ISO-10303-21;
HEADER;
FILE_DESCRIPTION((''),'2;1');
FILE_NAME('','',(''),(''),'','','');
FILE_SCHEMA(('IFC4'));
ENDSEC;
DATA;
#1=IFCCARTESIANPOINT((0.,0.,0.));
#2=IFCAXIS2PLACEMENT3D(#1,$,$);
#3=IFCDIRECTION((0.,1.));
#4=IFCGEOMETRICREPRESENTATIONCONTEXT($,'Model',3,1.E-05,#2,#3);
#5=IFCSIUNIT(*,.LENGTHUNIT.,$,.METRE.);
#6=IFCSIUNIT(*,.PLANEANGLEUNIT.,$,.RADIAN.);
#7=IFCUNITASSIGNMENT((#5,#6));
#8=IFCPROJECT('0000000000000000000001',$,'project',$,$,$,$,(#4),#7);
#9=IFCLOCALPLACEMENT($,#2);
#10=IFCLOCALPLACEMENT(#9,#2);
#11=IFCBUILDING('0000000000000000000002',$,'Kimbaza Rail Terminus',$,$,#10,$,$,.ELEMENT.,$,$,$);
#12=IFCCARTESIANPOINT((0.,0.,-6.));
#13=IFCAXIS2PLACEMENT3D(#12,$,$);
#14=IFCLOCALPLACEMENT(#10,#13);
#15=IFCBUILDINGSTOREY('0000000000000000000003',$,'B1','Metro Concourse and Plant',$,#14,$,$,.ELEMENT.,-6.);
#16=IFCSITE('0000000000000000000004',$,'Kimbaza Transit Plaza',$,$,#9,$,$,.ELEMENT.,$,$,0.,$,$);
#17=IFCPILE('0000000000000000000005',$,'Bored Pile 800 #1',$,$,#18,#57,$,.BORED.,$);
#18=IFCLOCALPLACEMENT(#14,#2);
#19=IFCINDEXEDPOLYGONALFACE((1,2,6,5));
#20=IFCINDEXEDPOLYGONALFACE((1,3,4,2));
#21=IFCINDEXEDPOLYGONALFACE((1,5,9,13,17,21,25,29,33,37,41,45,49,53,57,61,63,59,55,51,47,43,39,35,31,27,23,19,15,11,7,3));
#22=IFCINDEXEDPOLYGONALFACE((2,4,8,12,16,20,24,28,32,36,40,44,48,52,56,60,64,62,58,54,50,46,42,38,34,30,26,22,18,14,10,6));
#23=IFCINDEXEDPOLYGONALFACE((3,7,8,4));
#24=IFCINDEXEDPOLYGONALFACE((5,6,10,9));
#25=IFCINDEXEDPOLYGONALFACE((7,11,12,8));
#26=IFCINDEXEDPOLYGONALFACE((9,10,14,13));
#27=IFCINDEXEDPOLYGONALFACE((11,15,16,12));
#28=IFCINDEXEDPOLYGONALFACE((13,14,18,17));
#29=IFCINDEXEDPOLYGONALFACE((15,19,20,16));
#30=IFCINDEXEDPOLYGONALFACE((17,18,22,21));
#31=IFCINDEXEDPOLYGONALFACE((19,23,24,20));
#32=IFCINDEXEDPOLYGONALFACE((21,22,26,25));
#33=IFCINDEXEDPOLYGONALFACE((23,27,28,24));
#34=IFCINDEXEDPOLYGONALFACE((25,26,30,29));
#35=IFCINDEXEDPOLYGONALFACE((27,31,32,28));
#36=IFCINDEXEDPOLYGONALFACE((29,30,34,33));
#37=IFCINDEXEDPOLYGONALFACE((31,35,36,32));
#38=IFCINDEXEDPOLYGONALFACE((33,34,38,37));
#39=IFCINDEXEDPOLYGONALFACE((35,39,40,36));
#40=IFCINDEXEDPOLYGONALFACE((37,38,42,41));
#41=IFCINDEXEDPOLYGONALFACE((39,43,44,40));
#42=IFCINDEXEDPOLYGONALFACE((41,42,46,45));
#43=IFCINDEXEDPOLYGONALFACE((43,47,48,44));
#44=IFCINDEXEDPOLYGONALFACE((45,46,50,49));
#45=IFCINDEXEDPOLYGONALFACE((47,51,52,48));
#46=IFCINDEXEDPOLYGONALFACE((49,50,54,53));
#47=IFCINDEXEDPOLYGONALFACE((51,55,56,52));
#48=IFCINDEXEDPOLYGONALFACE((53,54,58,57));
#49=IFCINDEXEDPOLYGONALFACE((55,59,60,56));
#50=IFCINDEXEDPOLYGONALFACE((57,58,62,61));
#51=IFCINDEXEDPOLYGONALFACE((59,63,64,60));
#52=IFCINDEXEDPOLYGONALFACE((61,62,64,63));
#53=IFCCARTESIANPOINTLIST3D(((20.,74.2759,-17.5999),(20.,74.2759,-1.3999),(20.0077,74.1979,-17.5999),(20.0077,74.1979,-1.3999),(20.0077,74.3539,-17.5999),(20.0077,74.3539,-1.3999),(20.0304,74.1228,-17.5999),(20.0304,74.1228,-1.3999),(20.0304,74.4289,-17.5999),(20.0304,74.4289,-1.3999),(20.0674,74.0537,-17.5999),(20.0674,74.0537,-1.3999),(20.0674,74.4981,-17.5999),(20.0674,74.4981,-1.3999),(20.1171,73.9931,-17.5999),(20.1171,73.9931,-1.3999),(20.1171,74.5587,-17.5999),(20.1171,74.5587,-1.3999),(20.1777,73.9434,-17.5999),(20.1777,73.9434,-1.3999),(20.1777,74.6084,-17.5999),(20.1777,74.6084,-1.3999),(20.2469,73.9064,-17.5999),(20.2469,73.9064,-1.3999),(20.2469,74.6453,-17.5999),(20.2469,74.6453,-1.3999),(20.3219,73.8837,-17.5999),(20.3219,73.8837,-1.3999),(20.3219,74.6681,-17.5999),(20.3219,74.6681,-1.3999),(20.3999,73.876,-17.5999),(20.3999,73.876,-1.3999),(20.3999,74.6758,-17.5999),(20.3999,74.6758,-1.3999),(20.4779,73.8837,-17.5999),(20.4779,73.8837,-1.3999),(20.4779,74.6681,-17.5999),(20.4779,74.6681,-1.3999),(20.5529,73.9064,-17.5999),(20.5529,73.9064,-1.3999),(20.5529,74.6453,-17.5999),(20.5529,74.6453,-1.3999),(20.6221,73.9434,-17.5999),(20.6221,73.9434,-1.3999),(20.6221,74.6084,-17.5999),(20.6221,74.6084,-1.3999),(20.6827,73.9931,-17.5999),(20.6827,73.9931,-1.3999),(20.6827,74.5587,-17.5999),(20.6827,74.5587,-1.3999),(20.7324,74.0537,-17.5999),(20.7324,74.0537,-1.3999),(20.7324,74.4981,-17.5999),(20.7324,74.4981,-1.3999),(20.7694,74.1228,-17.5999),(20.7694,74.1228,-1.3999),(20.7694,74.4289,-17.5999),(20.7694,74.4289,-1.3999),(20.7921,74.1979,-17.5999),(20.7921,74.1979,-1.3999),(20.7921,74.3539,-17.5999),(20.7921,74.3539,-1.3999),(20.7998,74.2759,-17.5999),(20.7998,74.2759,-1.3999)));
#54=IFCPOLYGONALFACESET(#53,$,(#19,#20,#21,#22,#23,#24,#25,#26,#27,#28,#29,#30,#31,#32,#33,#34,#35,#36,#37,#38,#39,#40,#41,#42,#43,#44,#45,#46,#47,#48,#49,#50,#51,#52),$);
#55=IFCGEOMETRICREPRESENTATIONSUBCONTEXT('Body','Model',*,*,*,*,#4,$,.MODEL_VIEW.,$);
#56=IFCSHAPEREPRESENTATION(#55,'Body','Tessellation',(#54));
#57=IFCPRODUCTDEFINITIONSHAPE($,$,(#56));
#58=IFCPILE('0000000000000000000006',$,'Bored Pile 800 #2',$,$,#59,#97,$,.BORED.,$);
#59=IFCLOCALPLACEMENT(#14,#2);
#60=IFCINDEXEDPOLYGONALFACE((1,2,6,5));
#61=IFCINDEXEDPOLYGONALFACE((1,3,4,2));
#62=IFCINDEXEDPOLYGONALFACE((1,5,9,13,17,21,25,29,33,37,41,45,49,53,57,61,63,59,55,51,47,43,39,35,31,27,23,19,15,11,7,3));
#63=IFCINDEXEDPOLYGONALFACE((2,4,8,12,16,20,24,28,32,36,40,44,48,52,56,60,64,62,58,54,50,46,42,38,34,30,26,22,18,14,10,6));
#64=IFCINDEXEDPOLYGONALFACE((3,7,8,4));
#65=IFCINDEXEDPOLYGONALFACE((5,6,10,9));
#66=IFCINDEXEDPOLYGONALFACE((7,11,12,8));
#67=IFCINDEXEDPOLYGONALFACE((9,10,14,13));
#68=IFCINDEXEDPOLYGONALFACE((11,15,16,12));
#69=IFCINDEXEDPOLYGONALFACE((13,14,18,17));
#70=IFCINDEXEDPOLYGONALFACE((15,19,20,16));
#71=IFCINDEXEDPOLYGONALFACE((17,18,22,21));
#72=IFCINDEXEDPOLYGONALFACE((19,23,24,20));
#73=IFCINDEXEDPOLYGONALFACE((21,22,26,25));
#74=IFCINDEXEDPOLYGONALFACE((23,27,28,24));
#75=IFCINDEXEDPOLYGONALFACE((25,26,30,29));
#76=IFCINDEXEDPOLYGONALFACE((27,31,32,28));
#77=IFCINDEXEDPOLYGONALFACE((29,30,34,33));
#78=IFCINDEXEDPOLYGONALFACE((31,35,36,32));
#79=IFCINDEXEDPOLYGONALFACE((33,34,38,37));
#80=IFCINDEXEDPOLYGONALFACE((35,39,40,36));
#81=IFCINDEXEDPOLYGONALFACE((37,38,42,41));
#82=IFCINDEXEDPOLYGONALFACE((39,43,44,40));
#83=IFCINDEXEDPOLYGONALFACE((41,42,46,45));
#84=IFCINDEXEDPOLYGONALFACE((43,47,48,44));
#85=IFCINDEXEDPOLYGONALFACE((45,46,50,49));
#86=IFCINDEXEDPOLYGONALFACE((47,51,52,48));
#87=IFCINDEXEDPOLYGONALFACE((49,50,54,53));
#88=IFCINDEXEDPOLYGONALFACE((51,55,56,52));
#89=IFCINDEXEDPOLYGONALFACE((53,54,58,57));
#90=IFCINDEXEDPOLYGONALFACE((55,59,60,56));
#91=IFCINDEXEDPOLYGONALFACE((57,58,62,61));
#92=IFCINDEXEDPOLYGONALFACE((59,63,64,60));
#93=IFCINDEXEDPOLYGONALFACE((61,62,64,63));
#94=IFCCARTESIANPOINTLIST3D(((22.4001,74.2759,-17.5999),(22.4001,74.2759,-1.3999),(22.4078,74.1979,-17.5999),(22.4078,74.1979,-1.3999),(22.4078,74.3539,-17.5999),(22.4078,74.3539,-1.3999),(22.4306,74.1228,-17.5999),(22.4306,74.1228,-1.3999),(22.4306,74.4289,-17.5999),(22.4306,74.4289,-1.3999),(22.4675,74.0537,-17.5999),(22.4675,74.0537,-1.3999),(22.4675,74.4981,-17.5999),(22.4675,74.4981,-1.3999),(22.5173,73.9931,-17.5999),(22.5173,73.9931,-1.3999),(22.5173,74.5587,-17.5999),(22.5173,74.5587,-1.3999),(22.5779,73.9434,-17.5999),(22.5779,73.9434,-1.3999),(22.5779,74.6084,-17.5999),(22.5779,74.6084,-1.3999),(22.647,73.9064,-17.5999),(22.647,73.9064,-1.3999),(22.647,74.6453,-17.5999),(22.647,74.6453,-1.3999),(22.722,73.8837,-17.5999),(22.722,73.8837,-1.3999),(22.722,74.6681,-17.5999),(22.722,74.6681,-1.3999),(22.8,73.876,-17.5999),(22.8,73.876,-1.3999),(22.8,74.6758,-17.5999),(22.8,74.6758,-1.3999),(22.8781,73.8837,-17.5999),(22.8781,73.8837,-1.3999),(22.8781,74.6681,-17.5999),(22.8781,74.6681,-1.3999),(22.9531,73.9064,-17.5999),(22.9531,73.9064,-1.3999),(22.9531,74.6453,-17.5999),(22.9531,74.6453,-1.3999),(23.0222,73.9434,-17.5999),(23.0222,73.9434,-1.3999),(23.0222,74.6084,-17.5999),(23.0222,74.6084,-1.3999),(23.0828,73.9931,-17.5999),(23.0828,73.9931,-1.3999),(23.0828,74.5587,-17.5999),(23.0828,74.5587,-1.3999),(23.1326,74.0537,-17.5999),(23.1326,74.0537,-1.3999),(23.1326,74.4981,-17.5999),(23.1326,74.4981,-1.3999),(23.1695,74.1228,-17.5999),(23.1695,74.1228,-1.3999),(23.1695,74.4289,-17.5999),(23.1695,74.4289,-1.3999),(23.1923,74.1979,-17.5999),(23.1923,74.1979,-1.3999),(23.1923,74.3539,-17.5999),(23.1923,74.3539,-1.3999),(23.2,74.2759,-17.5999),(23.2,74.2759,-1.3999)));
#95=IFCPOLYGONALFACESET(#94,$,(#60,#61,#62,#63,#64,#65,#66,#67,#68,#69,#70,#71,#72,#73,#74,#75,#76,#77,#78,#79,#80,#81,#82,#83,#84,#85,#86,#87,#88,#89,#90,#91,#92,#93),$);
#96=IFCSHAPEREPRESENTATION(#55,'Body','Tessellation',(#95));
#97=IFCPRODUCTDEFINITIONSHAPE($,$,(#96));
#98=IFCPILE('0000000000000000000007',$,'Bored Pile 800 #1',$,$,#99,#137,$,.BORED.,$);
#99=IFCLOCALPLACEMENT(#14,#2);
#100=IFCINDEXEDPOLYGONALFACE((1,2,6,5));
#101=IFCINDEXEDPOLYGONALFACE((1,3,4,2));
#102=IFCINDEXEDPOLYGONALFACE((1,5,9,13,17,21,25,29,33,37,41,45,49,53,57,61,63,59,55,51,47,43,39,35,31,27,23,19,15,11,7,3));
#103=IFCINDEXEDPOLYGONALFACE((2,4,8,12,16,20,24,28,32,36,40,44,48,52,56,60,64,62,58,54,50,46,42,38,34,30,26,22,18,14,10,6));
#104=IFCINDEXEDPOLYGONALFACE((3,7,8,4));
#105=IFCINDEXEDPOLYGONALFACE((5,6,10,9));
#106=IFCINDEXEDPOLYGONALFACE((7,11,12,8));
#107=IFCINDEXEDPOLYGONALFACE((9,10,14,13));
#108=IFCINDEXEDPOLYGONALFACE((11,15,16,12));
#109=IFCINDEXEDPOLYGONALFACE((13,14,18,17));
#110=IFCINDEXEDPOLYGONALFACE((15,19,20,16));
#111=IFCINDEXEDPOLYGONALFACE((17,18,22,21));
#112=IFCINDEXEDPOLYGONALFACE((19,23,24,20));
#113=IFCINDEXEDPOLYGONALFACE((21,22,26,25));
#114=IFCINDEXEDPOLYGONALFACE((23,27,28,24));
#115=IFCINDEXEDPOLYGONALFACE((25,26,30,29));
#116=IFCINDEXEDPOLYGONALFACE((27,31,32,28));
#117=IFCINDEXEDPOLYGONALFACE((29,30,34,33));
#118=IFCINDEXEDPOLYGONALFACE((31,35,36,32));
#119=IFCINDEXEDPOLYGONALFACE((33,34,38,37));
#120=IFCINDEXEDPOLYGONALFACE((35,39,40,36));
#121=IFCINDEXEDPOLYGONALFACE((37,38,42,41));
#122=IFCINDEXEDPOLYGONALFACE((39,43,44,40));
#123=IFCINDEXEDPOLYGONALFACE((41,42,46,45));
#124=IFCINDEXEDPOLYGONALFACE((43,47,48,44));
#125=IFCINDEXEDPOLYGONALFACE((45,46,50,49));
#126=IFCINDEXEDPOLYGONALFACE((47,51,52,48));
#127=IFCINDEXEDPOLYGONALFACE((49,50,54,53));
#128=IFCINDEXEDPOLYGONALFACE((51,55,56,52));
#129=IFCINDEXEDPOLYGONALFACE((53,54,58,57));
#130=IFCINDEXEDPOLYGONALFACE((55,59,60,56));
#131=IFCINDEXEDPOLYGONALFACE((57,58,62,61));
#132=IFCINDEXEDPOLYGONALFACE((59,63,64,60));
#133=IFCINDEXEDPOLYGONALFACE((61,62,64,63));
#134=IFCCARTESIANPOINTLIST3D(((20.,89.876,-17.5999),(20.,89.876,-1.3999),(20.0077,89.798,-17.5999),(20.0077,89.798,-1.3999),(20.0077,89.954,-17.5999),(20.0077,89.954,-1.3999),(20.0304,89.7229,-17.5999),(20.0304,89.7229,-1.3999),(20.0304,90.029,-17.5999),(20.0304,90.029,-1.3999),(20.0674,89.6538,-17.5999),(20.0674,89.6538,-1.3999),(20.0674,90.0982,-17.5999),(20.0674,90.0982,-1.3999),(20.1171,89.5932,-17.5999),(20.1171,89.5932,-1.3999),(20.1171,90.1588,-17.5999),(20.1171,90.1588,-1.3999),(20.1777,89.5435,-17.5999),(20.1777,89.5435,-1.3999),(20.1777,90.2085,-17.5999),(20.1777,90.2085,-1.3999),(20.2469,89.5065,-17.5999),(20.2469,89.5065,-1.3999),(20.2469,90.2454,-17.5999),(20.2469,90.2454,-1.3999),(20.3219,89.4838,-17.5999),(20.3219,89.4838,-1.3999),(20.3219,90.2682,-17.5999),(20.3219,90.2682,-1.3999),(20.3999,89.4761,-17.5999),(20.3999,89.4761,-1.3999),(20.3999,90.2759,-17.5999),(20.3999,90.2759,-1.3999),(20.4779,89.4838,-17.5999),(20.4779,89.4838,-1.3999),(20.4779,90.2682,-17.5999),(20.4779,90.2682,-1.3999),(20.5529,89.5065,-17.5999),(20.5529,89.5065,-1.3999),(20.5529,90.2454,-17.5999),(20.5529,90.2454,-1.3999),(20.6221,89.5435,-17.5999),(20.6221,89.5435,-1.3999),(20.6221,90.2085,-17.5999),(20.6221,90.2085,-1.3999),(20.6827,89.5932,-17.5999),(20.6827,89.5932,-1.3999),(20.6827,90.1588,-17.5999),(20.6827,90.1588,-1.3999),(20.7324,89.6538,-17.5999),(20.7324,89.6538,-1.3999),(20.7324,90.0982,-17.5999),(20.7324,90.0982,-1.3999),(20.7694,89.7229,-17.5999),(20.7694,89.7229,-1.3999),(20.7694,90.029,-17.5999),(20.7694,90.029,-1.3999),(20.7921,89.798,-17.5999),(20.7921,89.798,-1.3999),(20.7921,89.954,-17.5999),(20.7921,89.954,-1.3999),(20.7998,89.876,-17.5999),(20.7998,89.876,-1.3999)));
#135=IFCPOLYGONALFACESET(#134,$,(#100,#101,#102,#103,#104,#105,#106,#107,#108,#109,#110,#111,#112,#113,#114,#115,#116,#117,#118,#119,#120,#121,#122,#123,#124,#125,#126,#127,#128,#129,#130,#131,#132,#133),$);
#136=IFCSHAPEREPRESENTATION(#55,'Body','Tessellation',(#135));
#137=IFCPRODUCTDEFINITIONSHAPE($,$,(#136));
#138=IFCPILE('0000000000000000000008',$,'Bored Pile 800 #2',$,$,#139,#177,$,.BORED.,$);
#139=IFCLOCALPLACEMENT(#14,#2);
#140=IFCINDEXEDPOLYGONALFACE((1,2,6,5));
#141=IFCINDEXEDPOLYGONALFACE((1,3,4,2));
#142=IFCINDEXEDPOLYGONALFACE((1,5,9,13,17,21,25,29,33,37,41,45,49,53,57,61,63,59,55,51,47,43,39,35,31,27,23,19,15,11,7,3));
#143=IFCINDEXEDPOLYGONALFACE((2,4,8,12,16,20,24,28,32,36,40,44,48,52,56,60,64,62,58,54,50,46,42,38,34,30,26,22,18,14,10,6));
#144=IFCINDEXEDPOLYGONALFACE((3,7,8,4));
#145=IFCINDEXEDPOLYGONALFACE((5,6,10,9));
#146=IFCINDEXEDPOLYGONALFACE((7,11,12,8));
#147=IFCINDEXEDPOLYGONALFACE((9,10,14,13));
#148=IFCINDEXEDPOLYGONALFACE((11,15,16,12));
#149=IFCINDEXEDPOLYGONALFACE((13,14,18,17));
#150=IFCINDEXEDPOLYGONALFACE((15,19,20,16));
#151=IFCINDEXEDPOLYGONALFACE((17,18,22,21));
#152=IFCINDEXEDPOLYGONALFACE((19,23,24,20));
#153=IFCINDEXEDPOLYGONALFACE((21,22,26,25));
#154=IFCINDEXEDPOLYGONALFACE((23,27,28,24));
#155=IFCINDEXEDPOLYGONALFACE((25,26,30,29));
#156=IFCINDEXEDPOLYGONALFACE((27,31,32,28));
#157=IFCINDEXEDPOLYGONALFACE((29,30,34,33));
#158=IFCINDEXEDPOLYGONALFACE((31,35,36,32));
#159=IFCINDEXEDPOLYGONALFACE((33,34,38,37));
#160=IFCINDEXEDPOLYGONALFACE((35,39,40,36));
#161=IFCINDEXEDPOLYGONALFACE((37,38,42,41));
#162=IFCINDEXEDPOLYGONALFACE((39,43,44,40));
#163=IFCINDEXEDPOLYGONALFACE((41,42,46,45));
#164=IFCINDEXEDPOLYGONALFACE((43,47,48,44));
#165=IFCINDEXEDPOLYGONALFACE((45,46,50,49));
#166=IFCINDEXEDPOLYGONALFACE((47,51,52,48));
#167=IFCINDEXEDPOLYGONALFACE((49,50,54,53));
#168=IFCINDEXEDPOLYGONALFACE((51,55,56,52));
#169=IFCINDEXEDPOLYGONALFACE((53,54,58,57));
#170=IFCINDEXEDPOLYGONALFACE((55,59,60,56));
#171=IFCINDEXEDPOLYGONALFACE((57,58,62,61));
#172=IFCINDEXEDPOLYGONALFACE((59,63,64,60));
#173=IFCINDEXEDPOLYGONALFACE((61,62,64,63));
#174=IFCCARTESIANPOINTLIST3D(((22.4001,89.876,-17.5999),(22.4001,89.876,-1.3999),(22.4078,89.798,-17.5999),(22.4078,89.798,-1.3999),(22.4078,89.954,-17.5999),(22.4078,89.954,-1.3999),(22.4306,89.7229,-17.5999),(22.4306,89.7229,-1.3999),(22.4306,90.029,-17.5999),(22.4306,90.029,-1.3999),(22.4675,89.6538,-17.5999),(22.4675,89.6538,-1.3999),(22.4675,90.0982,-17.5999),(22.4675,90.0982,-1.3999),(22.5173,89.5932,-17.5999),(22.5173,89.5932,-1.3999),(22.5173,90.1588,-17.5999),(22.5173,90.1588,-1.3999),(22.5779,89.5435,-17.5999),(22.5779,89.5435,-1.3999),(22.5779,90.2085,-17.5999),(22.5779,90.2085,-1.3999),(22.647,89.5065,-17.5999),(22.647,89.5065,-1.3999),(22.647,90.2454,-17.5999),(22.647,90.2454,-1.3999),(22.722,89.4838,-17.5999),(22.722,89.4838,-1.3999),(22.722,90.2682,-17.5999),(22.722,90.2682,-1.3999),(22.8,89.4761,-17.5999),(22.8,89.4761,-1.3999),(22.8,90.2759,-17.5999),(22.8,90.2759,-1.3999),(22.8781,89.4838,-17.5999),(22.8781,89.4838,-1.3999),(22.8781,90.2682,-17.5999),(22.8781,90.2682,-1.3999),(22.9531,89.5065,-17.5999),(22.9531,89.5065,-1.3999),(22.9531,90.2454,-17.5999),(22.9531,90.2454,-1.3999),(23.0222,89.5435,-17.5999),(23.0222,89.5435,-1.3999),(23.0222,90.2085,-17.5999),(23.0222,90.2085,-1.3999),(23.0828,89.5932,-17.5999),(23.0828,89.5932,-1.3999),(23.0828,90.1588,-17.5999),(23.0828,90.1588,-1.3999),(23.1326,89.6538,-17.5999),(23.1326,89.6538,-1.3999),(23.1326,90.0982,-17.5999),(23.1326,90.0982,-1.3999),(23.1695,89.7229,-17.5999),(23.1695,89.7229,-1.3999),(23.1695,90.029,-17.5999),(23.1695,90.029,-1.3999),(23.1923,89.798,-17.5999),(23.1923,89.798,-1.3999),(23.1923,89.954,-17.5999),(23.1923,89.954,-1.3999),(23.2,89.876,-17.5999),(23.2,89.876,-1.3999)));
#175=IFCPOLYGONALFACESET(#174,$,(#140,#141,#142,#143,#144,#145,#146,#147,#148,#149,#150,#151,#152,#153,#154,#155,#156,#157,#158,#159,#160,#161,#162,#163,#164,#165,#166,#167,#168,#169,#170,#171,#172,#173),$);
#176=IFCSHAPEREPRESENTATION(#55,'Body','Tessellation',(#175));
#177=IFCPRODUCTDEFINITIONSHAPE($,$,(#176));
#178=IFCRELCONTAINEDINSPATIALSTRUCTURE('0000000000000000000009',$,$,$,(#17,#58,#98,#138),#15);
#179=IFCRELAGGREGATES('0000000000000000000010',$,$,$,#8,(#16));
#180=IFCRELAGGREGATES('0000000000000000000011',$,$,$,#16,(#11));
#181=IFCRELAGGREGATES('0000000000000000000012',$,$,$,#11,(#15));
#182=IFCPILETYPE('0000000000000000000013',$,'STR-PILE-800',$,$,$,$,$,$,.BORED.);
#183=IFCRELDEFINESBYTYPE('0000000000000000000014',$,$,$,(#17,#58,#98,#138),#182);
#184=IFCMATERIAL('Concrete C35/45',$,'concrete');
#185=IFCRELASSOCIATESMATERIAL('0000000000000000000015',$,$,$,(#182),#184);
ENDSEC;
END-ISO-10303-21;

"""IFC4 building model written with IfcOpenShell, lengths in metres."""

from ifc_helpers import new_model, si_unit, direction, frame, origin, origin_2d, place, context, subcontext, project, spatial, circle, extrude, material, material_profile, profile_set, type_object, element, save


model = new_model("IFC4")

# Units and contexts
model_context = context("Model", 3, precision=1e-05, world=origin(), true_north=direction((0.0, 1.0)))
body_context = subcontext(model_context, "Body", "Model", "MODEL_VIEW")
ifc_project = project(units=[si_unit("LENGTHUNIT", "METRE"), si_unit("PLANEANGLEUNIT", "RADIAN")], contexts=[model_context])

# Site, building, storey
site_placement = place(None, origin())
site = spatial("IfcSite", under=ifc_project, at=site_placement, Name="Kimbaza Transit Plaza", CompositionType="ELEMENT", RefElevation=0.0)
building_placement = place(site_placement, origin())
building = spatial("IfcBuilding", under=site, at=building_placement, Name="Kimbaza Rail Terminus", CompositionType="ELEMENT")
storey_placement = place(building_placement, frame((0.0, 0.0, -6.0)))
storey = spatial("IfcBuildingStorey", under=building, at=storey_placement, Name="B1", Description="Metro Concourse and Plant", CompositionType="ELEMENT", Elevation=-6.0)

# Piles
ifc_material_1 = material(Name="Concrete C35/45", Category="concrete")
ifc_material_profile_1 = material_profile(ifc_material_1, circle(Radius=0.3999, at=origin_2d()), Name="BORED PILE 800")
ifc_profile_set_1 = profile_set([ifc_material_profile_1], Name="Concrete C35/45")
pile_type_1 = type_object("IfcPileType", Name="STR-PILE-800", PredefinedType="BORED", material=ifc_profile_set_1)
for number, where, z_axis, x_axis, name in (
    (1, (20.3999, 74.2759, -1.3999), (0.0, 0.0, -1.0), (1.0, 0.0, 0.0), "Bored Pile 800 #1"),
    (2, (22.8, 74.2759, -1.3999), (0.0, 0.0, -1.0), (1.0, 0.0, 0.0), "Bored Pile 800 #2"),
    (3, (20.3999, 89.876, -1.3999), (0.0, 0.0, -1.0), (1.0, 0.0, 0.0), "Bored Pile 800 #1"),
    (4, (22.8, 89.876, -1.3999), (0.0, 0.0, -1.0), (1.0, 0.0, 0.0), "Bored Pile 800 #2"),
):
    element("IfcPile", number, at=place(storey_placement, frame(where, z_axis=z_axis, x_axis=x_axis)), inside=storey, type_object=pile_type_1, Name=name, PredefinedType="BORED", context=body_context, shape_type="SweptSolid", body=[
        extrude(circle(Radius=0.3999, at=origin_2d()), origin(), (0.0, 0.0, 1.0), 16.2),
    ])

save(model, "model.ifc")
